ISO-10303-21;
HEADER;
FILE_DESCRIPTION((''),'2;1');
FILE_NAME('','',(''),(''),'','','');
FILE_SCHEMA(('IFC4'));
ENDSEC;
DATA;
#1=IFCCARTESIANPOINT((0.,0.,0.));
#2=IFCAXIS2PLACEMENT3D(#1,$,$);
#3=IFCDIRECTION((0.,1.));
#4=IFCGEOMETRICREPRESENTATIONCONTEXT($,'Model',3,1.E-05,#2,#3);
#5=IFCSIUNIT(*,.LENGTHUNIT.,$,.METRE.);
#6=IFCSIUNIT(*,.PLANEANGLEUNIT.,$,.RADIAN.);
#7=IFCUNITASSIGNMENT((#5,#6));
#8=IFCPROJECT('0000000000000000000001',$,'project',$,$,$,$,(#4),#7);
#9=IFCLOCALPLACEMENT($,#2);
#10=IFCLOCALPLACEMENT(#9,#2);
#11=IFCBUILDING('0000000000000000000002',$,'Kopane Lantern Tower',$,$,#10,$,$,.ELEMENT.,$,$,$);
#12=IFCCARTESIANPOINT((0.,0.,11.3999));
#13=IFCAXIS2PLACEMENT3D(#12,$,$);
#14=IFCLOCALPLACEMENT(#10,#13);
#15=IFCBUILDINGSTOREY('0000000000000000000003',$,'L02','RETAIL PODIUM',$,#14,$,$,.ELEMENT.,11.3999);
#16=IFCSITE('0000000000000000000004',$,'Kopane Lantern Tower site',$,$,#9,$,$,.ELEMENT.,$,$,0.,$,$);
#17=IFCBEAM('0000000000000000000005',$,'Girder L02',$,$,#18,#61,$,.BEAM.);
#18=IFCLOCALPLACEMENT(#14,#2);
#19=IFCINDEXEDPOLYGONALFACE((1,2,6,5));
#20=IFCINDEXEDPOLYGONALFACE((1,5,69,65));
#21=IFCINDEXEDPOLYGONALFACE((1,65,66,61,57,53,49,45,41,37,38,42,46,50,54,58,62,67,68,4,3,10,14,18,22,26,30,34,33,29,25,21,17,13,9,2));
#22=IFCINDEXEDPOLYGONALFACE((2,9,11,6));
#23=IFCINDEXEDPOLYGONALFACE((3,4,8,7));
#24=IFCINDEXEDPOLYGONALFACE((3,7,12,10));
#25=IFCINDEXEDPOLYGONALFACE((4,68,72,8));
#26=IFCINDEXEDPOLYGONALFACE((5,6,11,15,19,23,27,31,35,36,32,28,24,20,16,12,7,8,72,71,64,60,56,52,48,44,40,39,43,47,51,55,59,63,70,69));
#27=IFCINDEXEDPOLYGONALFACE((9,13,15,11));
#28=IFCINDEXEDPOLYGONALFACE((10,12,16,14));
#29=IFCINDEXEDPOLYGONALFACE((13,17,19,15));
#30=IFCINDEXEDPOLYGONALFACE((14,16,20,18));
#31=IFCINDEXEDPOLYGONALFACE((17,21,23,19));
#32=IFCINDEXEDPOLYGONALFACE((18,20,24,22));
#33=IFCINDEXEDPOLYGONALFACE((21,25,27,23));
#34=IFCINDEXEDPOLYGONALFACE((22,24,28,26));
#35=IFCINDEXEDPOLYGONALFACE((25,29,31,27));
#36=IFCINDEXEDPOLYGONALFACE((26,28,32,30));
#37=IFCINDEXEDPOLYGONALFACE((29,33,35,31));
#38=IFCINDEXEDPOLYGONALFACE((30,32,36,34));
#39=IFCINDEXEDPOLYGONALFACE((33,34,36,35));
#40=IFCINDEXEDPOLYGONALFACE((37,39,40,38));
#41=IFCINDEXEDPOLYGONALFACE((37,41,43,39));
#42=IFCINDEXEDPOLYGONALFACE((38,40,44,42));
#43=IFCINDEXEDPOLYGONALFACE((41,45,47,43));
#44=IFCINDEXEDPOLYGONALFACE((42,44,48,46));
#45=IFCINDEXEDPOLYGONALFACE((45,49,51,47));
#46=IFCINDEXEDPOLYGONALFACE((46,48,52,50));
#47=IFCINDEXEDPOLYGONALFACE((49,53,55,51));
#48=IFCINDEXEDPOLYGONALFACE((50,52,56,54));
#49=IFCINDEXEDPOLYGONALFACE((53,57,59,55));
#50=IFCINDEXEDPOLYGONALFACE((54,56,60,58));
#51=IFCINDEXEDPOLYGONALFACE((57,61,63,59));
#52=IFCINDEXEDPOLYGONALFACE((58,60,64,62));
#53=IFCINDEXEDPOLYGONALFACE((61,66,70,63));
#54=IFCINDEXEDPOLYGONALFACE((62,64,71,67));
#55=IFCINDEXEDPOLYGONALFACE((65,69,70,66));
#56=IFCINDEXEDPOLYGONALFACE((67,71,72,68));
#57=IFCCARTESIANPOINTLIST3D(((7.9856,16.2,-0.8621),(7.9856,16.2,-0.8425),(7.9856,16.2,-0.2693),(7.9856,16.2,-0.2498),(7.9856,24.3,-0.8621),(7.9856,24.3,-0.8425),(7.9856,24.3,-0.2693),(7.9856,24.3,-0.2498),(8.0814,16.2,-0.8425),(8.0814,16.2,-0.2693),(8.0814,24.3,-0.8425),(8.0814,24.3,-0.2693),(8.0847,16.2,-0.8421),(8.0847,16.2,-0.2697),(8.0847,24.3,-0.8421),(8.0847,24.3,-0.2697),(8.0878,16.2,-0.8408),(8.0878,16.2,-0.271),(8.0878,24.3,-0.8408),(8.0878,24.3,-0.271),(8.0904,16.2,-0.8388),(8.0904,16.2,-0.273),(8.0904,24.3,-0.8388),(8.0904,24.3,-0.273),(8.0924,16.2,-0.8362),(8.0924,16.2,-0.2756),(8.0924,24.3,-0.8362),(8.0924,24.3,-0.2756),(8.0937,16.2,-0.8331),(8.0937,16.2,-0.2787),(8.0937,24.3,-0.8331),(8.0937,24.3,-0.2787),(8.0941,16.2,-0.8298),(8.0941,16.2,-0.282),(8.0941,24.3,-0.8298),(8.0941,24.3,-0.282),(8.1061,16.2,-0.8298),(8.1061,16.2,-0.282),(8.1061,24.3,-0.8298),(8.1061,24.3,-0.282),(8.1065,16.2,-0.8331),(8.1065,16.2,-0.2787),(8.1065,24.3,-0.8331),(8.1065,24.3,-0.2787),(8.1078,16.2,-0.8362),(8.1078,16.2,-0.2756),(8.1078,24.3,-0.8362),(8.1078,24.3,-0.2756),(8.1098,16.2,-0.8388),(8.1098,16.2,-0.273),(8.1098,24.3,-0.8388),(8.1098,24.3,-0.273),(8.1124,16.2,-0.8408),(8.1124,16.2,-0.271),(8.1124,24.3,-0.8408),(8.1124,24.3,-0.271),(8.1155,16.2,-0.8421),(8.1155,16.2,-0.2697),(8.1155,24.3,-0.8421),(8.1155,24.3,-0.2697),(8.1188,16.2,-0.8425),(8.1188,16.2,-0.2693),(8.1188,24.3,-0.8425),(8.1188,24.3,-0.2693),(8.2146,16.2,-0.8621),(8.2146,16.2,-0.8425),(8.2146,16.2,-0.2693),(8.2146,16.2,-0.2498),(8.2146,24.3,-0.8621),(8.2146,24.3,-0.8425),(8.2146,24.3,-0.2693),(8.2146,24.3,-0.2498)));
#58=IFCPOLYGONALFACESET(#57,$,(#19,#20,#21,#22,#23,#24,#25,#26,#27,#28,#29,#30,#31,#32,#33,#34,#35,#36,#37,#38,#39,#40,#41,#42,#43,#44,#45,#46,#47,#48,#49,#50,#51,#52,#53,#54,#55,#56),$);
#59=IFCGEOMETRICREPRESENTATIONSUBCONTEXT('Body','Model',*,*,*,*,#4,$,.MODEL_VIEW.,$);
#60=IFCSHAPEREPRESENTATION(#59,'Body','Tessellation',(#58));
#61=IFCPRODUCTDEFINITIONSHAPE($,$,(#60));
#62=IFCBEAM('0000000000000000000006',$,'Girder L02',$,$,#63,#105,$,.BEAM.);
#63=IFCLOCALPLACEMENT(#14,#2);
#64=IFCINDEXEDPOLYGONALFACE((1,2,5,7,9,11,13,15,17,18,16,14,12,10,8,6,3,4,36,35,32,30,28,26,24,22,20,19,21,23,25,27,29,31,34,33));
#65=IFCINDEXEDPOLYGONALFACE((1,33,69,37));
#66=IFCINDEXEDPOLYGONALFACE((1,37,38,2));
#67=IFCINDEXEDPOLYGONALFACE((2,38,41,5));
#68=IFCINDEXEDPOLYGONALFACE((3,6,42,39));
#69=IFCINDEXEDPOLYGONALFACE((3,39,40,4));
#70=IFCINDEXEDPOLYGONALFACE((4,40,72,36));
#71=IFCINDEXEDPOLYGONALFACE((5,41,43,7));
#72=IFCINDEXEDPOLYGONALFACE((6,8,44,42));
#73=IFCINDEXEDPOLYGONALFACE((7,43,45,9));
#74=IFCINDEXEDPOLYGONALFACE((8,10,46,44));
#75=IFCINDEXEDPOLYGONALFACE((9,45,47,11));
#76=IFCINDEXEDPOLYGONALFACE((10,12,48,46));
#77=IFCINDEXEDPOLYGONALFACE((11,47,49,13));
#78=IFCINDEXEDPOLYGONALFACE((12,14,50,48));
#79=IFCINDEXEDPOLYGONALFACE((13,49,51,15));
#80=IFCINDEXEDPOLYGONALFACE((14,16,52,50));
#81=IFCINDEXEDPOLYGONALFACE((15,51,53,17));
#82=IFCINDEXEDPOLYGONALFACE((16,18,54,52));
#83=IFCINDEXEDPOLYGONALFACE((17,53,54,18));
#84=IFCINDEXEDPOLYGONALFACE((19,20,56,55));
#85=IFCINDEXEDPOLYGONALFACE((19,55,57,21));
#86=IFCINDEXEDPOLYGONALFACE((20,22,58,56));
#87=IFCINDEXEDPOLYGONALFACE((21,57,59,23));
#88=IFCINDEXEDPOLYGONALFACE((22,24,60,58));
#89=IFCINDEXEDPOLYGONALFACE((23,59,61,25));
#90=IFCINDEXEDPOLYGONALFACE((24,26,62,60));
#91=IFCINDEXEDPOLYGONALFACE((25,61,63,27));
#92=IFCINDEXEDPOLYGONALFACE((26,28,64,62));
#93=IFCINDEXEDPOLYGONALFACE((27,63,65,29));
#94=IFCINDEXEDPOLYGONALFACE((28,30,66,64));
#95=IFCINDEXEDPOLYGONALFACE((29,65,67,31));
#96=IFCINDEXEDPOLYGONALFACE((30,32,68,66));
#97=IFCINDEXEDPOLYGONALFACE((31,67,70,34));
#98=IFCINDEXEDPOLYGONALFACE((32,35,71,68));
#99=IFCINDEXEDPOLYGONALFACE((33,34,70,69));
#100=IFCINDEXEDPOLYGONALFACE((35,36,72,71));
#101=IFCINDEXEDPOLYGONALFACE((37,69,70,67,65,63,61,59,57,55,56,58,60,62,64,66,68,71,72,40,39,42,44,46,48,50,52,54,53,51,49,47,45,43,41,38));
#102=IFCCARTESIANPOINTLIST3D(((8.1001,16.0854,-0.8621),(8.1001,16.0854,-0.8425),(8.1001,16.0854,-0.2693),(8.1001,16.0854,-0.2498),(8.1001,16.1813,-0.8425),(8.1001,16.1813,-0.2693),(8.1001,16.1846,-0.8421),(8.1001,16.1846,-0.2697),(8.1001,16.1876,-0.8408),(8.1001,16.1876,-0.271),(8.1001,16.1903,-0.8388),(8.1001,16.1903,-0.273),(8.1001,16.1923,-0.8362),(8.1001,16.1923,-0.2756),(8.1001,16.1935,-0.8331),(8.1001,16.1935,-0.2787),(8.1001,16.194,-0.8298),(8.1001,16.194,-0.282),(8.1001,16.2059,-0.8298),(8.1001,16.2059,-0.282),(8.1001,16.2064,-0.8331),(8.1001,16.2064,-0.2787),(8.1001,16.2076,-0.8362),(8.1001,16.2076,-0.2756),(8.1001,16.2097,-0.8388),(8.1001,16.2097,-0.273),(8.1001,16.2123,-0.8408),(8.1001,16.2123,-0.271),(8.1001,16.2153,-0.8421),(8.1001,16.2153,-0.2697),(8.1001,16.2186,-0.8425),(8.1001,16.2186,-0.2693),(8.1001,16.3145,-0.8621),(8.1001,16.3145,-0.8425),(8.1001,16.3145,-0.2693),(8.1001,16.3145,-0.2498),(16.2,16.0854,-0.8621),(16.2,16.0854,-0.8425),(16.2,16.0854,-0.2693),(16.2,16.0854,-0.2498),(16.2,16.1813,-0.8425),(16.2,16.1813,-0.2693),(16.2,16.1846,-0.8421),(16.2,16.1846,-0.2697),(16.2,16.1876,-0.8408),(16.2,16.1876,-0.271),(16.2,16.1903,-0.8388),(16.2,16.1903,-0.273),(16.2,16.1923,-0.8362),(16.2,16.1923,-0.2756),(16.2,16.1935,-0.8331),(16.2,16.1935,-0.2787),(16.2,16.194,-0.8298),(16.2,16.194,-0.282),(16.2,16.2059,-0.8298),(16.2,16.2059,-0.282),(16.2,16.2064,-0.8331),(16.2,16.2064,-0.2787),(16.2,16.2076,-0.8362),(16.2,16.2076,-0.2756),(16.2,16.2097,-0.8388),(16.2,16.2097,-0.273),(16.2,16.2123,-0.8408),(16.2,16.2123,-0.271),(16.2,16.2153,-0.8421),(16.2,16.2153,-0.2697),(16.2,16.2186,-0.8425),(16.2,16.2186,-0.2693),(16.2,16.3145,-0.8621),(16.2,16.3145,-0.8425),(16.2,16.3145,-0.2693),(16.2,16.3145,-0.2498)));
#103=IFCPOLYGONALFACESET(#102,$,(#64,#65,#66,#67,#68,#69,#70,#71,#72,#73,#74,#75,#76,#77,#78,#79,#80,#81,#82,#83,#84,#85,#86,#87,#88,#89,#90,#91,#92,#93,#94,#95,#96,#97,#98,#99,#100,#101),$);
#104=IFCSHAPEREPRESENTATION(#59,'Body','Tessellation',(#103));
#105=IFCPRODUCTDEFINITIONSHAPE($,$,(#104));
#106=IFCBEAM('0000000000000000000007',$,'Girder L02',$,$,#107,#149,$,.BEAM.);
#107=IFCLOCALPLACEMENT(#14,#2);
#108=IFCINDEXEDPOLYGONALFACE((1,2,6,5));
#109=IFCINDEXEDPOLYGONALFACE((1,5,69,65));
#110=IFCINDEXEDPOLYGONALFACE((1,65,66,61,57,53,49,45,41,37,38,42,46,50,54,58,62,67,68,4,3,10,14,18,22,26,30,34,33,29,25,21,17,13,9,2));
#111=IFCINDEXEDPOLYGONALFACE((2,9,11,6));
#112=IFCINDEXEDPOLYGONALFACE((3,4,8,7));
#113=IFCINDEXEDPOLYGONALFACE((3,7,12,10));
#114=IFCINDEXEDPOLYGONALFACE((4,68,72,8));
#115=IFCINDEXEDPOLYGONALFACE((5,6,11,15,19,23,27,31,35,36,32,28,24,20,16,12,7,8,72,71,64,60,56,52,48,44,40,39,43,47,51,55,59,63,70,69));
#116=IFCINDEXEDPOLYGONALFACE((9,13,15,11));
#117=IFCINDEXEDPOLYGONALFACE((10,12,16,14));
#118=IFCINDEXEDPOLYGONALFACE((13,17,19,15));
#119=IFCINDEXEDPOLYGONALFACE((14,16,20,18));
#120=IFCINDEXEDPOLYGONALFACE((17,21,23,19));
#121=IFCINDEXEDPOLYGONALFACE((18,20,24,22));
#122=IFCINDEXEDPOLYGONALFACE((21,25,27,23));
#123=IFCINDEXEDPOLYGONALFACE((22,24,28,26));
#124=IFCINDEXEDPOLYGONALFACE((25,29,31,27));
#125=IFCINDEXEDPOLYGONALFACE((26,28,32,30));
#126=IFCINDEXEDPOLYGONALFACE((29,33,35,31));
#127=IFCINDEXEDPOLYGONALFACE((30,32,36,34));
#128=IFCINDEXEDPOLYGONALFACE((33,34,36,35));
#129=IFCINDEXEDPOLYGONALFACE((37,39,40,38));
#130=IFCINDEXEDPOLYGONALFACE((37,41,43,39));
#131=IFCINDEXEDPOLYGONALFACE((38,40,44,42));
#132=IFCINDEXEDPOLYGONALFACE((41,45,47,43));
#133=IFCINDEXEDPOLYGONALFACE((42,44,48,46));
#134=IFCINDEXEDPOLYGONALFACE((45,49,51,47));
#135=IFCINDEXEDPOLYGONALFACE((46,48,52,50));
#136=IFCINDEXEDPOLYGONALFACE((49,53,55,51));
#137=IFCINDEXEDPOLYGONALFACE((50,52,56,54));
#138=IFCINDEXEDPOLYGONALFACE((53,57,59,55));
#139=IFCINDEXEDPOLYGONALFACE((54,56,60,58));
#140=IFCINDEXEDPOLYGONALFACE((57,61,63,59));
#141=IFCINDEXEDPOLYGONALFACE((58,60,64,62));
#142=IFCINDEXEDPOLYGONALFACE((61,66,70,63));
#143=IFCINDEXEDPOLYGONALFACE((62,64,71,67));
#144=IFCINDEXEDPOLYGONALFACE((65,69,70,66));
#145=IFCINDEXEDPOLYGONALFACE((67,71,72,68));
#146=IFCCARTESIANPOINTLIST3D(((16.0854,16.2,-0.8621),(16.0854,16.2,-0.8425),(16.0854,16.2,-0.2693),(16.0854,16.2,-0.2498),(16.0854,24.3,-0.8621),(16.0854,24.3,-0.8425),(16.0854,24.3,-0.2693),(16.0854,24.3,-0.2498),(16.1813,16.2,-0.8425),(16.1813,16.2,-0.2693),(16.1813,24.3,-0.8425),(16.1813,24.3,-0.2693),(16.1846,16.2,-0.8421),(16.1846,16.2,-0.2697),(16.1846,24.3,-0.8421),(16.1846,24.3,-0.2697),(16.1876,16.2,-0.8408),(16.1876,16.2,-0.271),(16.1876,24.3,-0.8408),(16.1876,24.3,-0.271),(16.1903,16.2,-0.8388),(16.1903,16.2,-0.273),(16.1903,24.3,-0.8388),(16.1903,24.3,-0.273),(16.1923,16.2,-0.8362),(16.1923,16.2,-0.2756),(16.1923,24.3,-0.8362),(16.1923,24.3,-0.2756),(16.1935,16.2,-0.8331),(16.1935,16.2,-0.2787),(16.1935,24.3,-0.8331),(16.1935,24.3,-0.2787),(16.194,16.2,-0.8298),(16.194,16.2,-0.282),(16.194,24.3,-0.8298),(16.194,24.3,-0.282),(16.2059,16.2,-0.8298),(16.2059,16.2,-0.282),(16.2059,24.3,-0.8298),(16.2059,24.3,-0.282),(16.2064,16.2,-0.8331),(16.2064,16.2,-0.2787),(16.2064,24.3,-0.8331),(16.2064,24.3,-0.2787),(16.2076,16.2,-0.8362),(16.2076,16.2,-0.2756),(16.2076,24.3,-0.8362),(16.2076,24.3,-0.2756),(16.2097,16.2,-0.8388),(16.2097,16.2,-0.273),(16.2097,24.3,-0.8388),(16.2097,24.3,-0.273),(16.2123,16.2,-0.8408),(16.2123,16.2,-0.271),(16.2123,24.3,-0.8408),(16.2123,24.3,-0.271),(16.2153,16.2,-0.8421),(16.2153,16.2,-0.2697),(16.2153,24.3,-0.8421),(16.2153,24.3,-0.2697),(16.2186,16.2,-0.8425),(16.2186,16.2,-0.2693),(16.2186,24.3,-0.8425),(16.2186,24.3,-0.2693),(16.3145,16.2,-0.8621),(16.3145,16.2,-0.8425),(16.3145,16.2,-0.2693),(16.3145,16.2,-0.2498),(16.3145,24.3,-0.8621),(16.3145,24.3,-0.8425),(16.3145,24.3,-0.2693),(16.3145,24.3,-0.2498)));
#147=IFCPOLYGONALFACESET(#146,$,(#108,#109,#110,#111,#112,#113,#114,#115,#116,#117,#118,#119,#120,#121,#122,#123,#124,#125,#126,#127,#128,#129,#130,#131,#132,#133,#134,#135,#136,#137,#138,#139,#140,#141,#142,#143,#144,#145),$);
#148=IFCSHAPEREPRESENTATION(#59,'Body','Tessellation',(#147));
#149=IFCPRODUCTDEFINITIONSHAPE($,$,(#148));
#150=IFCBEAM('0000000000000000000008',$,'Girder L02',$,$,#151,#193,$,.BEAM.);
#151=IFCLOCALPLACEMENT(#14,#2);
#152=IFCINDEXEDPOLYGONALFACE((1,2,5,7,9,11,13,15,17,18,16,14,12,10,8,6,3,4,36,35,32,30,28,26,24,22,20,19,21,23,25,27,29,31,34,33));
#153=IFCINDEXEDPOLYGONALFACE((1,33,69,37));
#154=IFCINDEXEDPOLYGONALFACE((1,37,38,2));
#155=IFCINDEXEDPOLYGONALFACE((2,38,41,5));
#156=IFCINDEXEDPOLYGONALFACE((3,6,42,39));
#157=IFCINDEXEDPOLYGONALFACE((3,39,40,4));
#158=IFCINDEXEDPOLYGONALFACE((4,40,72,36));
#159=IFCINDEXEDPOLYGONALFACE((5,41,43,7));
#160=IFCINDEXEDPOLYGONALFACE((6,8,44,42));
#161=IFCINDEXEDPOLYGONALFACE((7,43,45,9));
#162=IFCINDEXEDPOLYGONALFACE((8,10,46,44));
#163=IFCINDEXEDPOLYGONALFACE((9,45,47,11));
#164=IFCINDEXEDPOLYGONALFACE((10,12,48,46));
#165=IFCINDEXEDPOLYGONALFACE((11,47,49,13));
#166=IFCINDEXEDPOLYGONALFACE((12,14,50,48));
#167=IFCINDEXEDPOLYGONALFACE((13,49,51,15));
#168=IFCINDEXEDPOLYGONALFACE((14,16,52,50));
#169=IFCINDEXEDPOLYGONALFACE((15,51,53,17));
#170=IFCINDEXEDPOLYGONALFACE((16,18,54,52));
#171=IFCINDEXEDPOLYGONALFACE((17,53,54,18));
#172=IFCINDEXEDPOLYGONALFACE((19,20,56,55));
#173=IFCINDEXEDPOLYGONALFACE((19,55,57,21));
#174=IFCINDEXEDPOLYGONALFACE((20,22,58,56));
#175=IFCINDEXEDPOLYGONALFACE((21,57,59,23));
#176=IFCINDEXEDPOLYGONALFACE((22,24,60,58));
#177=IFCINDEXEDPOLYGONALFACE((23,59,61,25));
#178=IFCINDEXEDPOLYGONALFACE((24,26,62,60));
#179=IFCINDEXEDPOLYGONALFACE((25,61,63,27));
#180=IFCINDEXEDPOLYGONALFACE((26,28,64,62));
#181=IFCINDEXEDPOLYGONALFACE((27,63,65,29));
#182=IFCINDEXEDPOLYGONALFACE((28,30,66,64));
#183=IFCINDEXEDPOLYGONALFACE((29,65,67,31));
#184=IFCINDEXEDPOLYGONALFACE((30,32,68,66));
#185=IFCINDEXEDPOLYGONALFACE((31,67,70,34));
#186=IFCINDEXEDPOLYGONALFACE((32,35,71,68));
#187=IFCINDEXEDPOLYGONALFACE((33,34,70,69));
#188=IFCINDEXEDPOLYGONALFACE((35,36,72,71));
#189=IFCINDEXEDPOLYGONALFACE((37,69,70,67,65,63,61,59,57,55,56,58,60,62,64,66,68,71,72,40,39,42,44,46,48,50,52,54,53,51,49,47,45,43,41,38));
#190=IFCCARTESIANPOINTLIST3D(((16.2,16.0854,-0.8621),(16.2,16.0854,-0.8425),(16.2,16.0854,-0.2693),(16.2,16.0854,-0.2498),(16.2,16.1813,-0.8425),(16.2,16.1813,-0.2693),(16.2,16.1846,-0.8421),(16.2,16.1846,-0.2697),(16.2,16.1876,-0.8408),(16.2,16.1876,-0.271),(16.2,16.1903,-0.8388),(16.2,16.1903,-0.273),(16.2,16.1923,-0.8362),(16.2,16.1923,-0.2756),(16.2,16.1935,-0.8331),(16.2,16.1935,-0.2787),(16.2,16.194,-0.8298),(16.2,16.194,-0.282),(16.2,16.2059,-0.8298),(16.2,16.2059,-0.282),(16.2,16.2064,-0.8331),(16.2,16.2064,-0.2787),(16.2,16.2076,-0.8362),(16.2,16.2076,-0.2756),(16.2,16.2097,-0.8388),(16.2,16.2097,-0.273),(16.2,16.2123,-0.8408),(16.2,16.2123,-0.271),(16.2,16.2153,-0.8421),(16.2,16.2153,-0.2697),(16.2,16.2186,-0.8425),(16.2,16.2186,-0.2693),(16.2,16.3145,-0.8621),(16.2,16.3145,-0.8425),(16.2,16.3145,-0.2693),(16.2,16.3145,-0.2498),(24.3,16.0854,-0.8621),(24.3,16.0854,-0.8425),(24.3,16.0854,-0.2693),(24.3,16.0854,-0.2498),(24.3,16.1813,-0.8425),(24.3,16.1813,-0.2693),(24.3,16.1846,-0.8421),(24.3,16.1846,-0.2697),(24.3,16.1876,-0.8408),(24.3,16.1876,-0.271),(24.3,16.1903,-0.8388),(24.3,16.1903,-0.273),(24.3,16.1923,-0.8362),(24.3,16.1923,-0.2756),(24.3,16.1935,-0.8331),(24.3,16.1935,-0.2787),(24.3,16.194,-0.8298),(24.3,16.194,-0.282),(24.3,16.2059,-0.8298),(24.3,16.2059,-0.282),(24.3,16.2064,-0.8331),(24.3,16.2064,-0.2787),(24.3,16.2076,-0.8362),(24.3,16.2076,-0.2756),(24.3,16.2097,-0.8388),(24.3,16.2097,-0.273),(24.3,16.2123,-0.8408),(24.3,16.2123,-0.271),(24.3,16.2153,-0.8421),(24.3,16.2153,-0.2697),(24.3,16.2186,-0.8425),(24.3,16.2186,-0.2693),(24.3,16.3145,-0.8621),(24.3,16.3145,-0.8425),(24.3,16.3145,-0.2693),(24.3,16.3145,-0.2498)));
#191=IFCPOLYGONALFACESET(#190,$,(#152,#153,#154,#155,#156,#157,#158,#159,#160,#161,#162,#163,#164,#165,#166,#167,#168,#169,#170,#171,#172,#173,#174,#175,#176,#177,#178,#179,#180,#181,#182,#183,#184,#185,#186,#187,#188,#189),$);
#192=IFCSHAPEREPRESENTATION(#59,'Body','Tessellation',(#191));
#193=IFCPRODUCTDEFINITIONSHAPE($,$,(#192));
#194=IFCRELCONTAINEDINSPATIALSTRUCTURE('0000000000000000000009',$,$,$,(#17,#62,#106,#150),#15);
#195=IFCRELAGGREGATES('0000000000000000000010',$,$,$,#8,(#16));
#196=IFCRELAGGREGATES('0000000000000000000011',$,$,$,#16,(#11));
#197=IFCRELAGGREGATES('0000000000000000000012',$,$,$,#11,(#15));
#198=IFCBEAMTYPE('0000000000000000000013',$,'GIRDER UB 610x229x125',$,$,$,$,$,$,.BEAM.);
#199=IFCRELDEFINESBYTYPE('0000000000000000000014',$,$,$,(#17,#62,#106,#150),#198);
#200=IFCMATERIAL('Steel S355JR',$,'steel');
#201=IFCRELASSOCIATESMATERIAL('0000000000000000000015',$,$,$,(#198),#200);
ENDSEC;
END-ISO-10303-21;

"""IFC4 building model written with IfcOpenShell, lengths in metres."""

from ifc_helpers import new_model, si_unit, direction, frame, origin, origin_2d, place, context, subcontext, project, spatial, i_section, extrude, material, material_profile, profile_set, type_object, element, save


model = new_model("IFC4")

# Units and contexts
model_context = context("Model", 3, precision=1e-05, world=origin(), true_north=direction((0.0, 1.0)))
body_context = subcontext(model_context, "Body", "Model", "MODEL_VIEW")
ifc_project = project(units=[si_unit("LENGTHUNIT", "METRE"), si_unit("PLANEANGLEUNIT", "RADIAN")], contexts=[model_context])

# Site, building, storey
site_placement = place(None, origin())
site = spatial("IfcSite", under=ifc_project, at=site_placement, Name="Kopane Lantern Tower site", CompositionType="ELEMENT", RefElevation=0.0)
building_placement = place(site_placement, origin())
building = spatial("IfcBuilding", under=site, at=building_placement, Name="Kopane Lantern Tower", CompositionType="ELEMENT")
storey_placement = place(building_placement, frame((0.0, 0.0, 11.3999)))
storey = spatial("IfcBuildingStorey", under=building, at=storey_placement, Name="L02", Description="RETAIL PODIUM", CompositionType="ELEMENT", Elevation=11.3999)

# Beams
ifc_material_1 = material(Name="Steel S355JR", Category="steel")
ifc_material_profile_1 = material_profile(ifc_material_1, i_section(OverallWidth=0.229, OverallDepth=0.6123, WebThickness=0.012, FlangeThickness=0.0195, FilletRadius=0.0127, at=origin_2d()), Name="UB 610x229x125")
ifc_profile_set_1 = profile_set([ifc_material_profile_1], Name="Steel S355JR")
beam_type_1 = type_object("IfcBeamType", Name="GIRDER UB 610x229x125", PredefinedType="BEAM", material=ifc_profile_set_1)
for number, where, z_axis, x_axis, name in (
    (1, (8.1001, 16.2, -0.5559), (0.0, 1.0, 0.0), (-1.0, 0.0, 0.0), "Girder L02"),
):
    element("IfcBeam", number, at=place(storey_placement, frame(where, z_axis=z_axis, x_axis=x_axis)), inside=storey, type_object=beam_type_1, Name=name, PredefinedType="BEAM", context=body_context, shape_type="SweptSolid", body=[
        extrude(i_section(OverallWidth=0.229, OverallDepth=0.6123, WebThickness=0.012, FlangeThickness=0.0195, FilletRadius=0.0127, at=origin_2d()), origin(), (0.0, 0.0, 1.0), 8.1001),
    ])
beam_1_placement = place(storey_placement, frame((8.1001, 16.2, -0.5559), z_axis=(1.0, 0.0, 0.0), x_axis=(0.0, 1.0, 0.0)))
element("IfcBeam", 2, at=beam_1_placement, inside=storey, type_object=beam_type_1, Name="Girder L02", PredefinedType="BEAM", context=body_context, shape_type="SweptSolid", body=[
    extrude(i_section(OverallWidth=0.229, OverallDepth=0.6123, WebThickness=0.012, FlangeThickness=0.0195, FilletRadius=0.0127, at=origin_2d()), origin(), (0.0, 0.0, 1.0), 8.0999),
])
for number, where, z_axis, x_axis, name in (
    (3, (16.2, 16.2, -0.5559), (0.0, 1.0, 0.0), (-1.0, 0.0, 0.0), "Girder L02"),
    (4, (16.2, 16.2, -0.5559), (1.0, 0.0, 0.0), (0.0, 1.0, 0.0), "Girder L02"),
):
    element("IfcBeam", number, at=place(storey_placement, frame(where, z_axis=z_axis, x_axis=x_axis)), inside=storey, type_object=beam_type_1, Name=name, PredefinedType="BEAM", context=body_context, shape_type="SweptSolid", body=[
        extrude(i_section(OverallWidth=0.229, OverallDepth=0.6123, WebThickness=0.012, FlangeThickness=0.0195, FilletRadius=0.0127, at=origin_2d()), origin(), (0.0, 0.0, 1.0), 8.1001),
    ])

save(model, "model.ifc")
